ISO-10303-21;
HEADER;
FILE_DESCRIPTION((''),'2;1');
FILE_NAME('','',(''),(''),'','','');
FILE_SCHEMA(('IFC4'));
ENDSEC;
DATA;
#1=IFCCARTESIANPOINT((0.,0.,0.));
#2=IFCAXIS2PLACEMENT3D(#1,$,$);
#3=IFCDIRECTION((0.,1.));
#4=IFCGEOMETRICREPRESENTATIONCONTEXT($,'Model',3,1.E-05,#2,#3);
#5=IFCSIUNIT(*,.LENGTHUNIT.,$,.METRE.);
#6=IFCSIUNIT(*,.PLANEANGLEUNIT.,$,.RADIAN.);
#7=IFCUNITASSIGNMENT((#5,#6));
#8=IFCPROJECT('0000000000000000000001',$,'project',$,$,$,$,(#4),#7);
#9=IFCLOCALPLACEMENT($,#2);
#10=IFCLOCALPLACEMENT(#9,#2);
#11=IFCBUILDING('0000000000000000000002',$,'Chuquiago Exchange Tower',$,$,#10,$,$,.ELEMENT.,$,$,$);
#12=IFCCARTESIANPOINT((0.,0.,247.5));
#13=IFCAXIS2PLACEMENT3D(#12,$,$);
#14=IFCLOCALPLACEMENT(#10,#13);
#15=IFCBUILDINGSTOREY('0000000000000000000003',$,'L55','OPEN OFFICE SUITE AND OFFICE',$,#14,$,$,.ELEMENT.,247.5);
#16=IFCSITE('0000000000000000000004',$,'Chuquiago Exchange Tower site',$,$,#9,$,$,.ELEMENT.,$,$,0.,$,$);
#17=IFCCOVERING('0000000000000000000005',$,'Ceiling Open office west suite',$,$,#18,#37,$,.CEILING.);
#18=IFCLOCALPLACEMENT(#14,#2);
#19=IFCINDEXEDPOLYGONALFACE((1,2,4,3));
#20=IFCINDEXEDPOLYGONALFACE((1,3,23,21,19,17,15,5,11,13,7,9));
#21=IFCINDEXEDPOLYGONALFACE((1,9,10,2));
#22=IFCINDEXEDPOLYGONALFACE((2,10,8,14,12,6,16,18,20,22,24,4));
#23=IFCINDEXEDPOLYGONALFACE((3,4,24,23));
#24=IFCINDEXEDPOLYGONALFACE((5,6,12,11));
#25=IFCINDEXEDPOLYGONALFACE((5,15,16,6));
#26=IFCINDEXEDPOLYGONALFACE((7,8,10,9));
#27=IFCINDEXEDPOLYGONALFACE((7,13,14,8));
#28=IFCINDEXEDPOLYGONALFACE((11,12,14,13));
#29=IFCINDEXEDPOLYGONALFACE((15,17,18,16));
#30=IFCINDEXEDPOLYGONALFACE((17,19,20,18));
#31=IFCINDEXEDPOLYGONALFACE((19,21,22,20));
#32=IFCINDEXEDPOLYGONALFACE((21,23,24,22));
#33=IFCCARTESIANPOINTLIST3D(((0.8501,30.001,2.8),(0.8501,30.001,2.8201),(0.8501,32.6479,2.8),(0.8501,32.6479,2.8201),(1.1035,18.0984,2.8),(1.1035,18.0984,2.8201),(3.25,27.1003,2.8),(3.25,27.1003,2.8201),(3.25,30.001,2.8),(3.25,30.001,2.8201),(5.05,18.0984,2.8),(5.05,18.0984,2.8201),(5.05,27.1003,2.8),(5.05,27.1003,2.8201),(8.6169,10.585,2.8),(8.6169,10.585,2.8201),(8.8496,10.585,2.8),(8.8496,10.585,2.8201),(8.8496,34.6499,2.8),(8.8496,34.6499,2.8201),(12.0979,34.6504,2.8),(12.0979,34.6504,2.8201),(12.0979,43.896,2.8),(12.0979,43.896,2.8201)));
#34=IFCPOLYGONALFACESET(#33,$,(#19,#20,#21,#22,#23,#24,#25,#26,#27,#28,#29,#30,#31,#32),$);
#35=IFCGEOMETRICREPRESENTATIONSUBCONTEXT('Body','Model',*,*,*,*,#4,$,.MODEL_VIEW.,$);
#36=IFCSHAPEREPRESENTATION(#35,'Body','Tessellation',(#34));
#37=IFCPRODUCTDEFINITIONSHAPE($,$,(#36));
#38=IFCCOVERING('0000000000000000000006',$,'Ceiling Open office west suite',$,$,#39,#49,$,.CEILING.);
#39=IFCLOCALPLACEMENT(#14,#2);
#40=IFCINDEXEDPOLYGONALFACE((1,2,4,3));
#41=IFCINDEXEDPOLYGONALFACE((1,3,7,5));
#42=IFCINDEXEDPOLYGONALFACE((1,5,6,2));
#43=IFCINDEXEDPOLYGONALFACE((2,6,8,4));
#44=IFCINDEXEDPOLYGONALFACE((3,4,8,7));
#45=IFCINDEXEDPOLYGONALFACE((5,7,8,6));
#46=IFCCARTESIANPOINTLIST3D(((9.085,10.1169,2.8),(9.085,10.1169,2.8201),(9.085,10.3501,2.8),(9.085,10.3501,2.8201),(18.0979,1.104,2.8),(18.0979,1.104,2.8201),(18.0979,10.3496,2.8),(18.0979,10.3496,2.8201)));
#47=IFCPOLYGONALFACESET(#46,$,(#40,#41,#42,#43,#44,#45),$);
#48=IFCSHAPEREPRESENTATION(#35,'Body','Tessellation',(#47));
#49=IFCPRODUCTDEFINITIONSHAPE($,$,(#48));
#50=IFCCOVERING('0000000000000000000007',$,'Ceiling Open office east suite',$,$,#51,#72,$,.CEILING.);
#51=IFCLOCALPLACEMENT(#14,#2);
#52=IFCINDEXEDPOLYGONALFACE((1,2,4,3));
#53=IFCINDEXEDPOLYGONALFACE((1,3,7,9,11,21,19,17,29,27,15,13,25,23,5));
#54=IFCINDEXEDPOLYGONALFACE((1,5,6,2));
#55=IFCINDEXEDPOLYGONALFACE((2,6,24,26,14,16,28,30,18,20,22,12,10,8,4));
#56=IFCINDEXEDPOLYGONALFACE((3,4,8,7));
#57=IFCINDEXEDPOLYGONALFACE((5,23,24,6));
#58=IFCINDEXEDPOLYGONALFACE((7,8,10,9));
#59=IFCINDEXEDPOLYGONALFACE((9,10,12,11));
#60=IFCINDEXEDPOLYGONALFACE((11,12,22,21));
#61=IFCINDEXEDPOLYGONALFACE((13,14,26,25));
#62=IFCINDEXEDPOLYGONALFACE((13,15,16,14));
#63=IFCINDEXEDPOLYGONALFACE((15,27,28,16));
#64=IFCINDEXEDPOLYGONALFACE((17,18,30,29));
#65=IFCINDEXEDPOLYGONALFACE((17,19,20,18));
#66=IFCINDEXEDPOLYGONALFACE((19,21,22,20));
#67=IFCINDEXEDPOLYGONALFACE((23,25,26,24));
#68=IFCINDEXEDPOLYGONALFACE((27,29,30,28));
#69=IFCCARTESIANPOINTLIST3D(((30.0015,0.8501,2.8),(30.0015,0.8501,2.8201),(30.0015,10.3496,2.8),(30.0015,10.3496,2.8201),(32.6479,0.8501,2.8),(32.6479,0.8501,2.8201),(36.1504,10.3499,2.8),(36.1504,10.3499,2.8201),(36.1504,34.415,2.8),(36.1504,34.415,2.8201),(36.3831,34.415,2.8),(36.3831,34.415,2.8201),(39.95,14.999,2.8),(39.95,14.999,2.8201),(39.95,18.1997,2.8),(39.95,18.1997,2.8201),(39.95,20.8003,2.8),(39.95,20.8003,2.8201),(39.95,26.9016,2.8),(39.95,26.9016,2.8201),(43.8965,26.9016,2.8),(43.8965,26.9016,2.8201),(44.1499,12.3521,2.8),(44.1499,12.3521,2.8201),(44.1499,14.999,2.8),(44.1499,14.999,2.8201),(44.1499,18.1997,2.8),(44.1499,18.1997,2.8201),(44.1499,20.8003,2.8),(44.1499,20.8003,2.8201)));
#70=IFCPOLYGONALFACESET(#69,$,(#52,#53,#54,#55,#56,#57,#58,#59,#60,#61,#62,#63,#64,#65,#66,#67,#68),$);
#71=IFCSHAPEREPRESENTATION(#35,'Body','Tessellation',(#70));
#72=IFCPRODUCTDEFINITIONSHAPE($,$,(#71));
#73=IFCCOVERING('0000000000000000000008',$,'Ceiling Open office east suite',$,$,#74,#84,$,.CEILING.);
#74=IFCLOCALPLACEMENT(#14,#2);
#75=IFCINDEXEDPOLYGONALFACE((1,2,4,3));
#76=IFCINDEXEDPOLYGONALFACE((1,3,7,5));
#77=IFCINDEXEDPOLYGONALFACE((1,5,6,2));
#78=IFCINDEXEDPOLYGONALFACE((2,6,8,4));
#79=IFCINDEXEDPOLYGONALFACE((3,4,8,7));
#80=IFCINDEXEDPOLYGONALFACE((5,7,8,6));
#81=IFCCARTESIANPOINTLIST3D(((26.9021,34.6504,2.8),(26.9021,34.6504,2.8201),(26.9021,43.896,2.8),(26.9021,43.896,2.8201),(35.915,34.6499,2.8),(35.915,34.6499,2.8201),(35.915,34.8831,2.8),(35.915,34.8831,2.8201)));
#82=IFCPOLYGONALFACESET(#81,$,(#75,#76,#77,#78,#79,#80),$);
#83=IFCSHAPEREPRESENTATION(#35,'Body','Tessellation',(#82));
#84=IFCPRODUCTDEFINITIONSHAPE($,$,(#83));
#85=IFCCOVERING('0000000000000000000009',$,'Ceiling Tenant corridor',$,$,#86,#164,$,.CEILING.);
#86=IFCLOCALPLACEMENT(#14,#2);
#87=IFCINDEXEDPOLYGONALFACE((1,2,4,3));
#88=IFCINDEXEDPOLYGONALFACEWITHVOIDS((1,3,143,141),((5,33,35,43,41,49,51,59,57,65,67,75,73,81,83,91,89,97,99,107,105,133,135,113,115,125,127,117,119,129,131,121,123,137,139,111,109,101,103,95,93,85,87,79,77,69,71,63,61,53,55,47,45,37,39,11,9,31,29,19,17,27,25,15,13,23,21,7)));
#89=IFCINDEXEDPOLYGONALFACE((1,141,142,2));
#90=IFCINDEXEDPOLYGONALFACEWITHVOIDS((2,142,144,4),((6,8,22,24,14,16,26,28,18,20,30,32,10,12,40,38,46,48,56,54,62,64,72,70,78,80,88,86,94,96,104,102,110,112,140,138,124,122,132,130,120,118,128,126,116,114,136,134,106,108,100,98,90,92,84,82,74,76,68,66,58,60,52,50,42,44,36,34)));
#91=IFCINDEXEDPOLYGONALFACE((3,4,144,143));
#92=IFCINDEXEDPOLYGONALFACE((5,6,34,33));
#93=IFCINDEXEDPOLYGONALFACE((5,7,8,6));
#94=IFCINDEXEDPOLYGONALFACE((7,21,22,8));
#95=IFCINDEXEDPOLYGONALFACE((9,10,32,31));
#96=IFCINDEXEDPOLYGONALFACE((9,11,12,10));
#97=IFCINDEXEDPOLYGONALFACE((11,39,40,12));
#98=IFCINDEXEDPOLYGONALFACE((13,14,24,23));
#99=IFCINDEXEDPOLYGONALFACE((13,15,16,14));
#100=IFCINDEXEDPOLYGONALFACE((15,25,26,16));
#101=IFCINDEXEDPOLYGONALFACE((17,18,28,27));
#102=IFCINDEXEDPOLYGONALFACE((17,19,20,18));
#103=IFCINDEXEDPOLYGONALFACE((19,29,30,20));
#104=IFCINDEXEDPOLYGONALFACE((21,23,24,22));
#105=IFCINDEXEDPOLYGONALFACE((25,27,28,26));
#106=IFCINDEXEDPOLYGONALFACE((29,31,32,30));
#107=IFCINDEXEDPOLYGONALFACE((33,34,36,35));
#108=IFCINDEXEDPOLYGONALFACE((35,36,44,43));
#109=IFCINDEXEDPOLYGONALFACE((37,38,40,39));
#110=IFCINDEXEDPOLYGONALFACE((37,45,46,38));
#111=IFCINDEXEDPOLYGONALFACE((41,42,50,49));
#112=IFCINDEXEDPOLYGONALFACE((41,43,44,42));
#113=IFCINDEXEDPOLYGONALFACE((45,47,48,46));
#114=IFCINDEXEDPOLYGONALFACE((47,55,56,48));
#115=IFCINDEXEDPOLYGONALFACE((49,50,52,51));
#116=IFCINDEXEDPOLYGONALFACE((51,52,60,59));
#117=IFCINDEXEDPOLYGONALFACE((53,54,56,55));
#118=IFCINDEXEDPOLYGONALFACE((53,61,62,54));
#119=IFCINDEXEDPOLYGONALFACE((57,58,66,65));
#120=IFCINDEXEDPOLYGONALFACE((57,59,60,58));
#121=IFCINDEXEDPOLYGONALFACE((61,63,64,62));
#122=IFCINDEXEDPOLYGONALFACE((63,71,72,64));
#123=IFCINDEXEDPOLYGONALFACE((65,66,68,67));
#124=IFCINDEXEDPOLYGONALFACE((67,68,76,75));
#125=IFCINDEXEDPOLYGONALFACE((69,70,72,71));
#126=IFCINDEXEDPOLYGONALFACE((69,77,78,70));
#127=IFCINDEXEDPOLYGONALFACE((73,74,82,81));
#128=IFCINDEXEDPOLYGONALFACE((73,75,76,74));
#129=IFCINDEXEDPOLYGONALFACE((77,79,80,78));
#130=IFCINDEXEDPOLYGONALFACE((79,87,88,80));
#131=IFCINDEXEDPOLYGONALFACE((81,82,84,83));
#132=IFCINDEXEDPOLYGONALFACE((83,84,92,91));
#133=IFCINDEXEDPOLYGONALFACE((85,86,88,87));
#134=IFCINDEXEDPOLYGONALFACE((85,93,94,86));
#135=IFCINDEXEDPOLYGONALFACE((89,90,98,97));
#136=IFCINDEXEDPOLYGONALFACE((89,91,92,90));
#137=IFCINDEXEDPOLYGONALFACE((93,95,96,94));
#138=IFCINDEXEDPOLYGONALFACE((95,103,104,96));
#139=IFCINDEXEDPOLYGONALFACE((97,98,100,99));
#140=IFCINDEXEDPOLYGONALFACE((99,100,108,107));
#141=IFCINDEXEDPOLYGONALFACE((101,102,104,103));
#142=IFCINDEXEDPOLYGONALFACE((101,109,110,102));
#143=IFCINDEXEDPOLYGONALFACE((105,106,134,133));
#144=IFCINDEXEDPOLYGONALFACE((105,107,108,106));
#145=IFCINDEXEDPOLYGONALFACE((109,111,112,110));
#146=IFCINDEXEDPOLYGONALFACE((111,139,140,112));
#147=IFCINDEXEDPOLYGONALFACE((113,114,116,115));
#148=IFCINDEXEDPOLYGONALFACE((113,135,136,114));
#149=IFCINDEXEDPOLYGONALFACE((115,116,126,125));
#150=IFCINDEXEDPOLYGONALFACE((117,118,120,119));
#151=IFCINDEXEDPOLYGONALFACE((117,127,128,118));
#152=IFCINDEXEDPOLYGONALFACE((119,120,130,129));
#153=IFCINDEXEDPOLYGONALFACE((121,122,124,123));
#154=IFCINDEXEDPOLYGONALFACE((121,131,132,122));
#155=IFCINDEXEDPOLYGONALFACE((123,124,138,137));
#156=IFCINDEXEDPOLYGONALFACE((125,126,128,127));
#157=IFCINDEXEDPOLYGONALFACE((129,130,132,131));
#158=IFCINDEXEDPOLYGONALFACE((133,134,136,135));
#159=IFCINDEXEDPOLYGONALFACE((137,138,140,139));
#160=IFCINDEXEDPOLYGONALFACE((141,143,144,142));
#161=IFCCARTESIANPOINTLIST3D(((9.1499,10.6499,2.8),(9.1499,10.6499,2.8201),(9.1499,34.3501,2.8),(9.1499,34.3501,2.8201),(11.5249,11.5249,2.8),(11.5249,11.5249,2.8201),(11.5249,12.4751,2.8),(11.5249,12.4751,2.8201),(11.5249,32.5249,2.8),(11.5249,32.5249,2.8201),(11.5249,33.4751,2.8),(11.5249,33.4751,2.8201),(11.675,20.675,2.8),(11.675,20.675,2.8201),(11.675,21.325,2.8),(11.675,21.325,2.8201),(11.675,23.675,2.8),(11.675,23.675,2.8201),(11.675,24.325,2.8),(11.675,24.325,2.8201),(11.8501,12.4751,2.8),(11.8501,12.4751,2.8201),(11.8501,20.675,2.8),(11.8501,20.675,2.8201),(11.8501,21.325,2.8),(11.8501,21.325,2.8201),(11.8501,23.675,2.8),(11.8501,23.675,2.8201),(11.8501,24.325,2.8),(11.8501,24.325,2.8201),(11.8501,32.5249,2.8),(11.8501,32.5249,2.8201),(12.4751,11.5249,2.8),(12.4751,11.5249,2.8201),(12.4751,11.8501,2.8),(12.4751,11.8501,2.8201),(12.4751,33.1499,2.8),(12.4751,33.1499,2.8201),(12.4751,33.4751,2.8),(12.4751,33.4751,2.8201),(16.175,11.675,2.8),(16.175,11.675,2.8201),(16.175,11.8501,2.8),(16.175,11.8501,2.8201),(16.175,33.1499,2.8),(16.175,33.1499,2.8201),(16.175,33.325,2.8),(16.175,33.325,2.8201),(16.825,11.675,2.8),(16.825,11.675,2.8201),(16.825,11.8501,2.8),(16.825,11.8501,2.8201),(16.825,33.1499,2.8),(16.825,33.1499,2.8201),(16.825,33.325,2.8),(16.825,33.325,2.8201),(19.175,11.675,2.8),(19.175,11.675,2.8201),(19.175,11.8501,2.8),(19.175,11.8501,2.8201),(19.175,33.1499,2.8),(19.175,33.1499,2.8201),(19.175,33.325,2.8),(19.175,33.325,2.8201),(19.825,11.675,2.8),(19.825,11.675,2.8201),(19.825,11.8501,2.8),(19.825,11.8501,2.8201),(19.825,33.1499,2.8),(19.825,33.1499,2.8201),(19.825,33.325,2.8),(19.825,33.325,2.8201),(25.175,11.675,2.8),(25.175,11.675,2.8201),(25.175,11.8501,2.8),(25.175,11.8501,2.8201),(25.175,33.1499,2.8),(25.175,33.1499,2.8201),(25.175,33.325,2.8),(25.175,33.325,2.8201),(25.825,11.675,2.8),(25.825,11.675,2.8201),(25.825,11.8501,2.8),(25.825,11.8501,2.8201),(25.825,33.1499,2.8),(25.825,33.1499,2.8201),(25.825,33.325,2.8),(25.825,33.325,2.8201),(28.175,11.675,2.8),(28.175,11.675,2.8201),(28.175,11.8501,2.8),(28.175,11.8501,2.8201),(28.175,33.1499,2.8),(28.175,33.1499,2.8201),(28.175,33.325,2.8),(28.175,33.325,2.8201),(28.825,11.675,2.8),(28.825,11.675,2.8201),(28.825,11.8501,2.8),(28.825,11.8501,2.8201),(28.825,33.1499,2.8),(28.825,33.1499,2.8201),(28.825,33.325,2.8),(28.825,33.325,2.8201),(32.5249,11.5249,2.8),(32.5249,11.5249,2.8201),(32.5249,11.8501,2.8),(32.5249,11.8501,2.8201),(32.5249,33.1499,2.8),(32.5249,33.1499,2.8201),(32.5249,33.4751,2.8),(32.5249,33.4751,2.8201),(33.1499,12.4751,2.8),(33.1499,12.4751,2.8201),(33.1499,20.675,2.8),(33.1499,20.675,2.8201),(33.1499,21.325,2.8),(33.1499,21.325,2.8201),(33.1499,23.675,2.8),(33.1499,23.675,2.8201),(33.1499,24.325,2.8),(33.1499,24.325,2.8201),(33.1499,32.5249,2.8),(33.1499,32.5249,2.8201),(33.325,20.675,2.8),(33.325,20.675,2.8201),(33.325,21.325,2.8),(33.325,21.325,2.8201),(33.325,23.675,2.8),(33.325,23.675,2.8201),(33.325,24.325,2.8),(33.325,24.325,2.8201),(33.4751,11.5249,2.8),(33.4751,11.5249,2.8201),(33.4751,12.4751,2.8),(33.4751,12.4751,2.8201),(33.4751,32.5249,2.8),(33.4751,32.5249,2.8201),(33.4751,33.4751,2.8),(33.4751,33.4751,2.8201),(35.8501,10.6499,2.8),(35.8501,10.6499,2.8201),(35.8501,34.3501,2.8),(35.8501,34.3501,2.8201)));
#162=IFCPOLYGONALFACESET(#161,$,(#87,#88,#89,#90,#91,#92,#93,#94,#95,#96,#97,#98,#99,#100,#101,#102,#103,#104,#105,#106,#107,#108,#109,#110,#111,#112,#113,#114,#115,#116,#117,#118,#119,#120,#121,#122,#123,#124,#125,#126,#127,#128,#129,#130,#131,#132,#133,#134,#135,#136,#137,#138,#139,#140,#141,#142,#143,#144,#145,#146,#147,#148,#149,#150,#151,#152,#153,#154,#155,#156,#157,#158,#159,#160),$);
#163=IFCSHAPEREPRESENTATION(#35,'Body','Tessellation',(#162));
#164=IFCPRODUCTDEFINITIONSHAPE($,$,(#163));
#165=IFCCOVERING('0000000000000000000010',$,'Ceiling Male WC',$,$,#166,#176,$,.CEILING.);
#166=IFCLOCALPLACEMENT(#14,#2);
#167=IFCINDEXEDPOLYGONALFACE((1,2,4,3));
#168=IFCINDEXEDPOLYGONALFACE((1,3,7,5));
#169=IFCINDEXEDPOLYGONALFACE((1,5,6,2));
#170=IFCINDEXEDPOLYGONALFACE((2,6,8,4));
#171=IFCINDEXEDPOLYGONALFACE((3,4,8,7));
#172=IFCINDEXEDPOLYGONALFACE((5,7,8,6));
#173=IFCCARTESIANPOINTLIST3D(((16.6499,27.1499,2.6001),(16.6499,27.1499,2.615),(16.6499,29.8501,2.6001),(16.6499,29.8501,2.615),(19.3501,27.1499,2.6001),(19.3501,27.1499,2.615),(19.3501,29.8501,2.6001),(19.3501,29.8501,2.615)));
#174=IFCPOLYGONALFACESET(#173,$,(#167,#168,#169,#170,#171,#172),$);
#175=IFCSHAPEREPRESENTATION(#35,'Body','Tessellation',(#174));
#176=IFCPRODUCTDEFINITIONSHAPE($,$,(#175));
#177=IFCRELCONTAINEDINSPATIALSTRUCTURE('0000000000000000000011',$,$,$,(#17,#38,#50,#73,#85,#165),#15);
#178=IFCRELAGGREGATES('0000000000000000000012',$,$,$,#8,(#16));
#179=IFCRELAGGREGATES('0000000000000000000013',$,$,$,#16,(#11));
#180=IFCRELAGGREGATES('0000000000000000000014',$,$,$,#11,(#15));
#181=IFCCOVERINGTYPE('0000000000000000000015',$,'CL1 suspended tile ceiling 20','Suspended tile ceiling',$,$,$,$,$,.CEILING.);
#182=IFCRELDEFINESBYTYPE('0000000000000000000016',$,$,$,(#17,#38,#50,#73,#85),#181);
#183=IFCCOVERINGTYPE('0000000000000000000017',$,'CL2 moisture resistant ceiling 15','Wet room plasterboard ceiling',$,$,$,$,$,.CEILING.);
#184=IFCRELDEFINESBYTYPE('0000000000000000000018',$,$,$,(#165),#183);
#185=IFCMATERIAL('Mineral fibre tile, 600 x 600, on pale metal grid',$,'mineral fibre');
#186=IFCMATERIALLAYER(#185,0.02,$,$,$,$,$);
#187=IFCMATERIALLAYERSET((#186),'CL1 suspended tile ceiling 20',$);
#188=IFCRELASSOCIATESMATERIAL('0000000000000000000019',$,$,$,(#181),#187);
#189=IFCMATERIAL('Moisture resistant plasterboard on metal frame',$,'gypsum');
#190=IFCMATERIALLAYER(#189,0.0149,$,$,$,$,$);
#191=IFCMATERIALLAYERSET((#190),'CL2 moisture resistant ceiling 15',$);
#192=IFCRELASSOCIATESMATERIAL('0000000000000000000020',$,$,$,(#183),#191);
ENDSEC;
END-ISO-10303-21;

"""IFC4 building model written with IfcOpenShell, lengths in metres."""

from ifc_helpers import new_model, si_unit, direction, frame, origin, place, context, subcontext, project, spatial, polyline, outline, extrude, material, layer, layer_set, type_object, element, save


model = new_model("IFC4")

# Units and contexts
model_context = context("Model", 3, precision=1e-05, world=origin(), true_north=direction((0.0, 1.0)))
body_context = subcontext(model_context, "Body", "Model", "MODEL_VIEW")
ifc_project = project(units=[si_unit("LENGTHUNIT", "METRE"), si_unit("PLANEANGLEUNIT", "RADIAN")], contexts=[model_context])

# Site, building, storey
site_placement = place(None, origin())
site = spatial("IfcSite", under=ifc_project, at=site_placement, Name="Chuquiago Exchange Tower site", CompositionType="ELEMENT", RefElevation=0.0)
building_placement = place(site_placement, origin())
building = spatial("IfcBuilding", under=site, at=building_placement, Name="Chuquiago Exchange Tower", CompositionType="ELEMENT")
storey_placement = place(building_placement, frame((0.0, 0.0, 247.5)))
storey = spatial("IfcBuildingStorey", under=building, at=storey_placement, Name="L55", Description="OPEN OFFICE SUITE AND OFFICE", CompositionType="ELEMENT", Elevation=247.5)

# Coverings
ifc_material_1 = material(Name="Mineral fibre tile, 600 x 600, on pale metal grid", Category="mineral fibre")
ifc_layer_1 = layer(ifc_material_1, 0.02)
ifc_layer_set_1 = layer_set([ifc_layer_1], Name="CL1 suspended tile ceiling 20")
covering_type_1 = type_object("IfcCoveringType", Name="CL1 suspended tile ceiling 20", Description="Suspended tile ceiling", PredefinedType="CEILING", material=ifc_layer_set_1)
covering_1_placement = place(storey_placement, frame((0.0, 0.0, 2.8)))
element("IfcCovering", 1, at=covering_1_placement, inside=storey, type_object=covering_type_1, Name="Ceiling Open office west suite", PredefinedType="CEILING", context=body_context, shape_type="SweptSolid", body=[
    extrude(outline(polyline([(5.05, 18.0984), (5.05, 27.1003), (3.25, 27.1003), (3.25, 30.001), (0.8501, 30.001), (0.8501, 32.6479), (12.0979, 43.896), (12.0979, 34.6504), (8.8496, 34.6499), (8.8496, 10.585), (8.6169, 10.585), (1.1035, 18.0984), (5.05, 18.0984)])), origin(), (0.0, 0.0, 1.0), 0.02),
])
covering_2_placement = place(storey_placement, frame((0.0, 0.0, 2.8)))
element("IfcCovering", 2, at=covering_2_placement, inside=storey, type_object=covering_type_1, Name="Ceiling Open office west suite", PredefinedType="CEILING", context=body_context, shape_type="SweptSolid", body=[
    extrude(outline(polyline([(18.0979, 10.3496), (18.0979, 1.104), (9.085, 10.1169), (9.085, 10.3501), (18.0979, 10.3496)])), origin(), (0.0, 0.0, 1.0), 0.02),
])
covering_3_placement = place(storey_placement, frame((0.0, 0.0, 2.8)))
element("IfcCovering", 3, at=covering_3_placement, inside=storey, type_object=covering_type_1, Name="Ceiling Open office east suite", PredefinedType="CEILING", context=body_context, shape_type="SweptSolid", body=[
    extrude(outline(polyline([(43.8965, 26.9016), (39.95, 26.9016), (39.95, 20.8003), (44.1499, 20.8003), (44.1499, 18.1997), (39.95, 18.1997), (39.95, 14.999), (44.1499, 14.999), (44.1499, 12.3521), (32.6479, 0.8501), (30.0015, 0.8501), (30.0015, 10.3496), (36.1504, 10.3499), (36.1504, 34.415), (36.3831, 34.415), (43.8965, 26.9016)])), origin(), (0.0, 0.0, 1.0), 0.02),
])
covering_4_placement = place(storey_placement, frame((0.0, 0.0, 2.8)))
element("IfcCovering", 4, at=covering_4_placement, inside=storey, type_object=covering_type_1, Name="Ceiling Open office east suite", PredefinedType="CEILING", context=body_context, shape_type="SweptSolid", body=[
    extrude(outline(polyline([(26.9021, 34.6504), (26.9021, 43.896), (35.915, 34.8831), (35.915, 34.6499), (26.9021, 34.6504)])), origin(), (0.0, 0.0, 1.0), 0.02),
])
covering_5_placement = place(storey_placement, frame((0.0, 0.0, 2.8)))
element("IfcCovering", 5, at=covering_5_placement, inside=storey, type_object=covering_type_1, Name="Ceiling Tenant corridor", PredefinedType="CEILING", context=body_context, shape_type="SweptSolid", body=[
    extrude(outline(polyline([(9.1499, 34.3501), (35.8501, 34.3501), (35.8501, 10.6499), (9.1499, 10.6499), (9.1499, 34.3501)]), holes=[polyline([(11.8501, 24.325), (11.675, 24.325), (11.675, 23.675), (11.8501, 23.675), (11.8501, 21.325), (11.675, 21.325), (11.675, 20.675), (11.8501, 20.675), (11.8501, 12.4751), (11.5249, 12.4751), (11.5249, 11.5249), (12.4751, 11.5249), (12.4751, 11.8501), (16.175, 11.8501), (16.175, 11.675), (16.825, 11.675), (16.825, 11.8501), (19.175, 11.8501), (19.175, 11.675), (19.825, 11.675), (19.825, 11.8501), (25.175, 11.8501), (25.175, 11.675), (25.825, 11.675), (25.825, 11.8501), (28.175, 11.8501), (28.175, 11.675), (28.825, 11.675), (28.825, 11.8501), (32.5249, 11.8501), (32.5249, 11.5249), (33.4751, 11.5249), (33.4751, 12.4751), (33.1499, 12.4751), (33.1499, 20.675), (33.325, 20.675), (33.325, 21.325), (33.1499, 21.325), (33.1499, 23.675), (33.325, 23.675), (33.325, 24.325), (33.1499, 24.325), (33.1499, 32.5249), (33.4751, 32.5249), (33.4751, 33.4751), (32.5249, 33.4751), (32.5249, 33.1499), (28.825, 33.1499), (28.825, 33.325), (28.175, 33.325), (28.175, 33.1499), (25.825, 33.1499), (25.825, 33.325), (25.175, 33.325), (25.175, 33.1499), (19.825, 33.1499), (19.825, 33.325), (19.175, 33.325), (19.175, 33.1499), (16.825, 33.1499), (16.825, 33.325), (16.175, 33.325), (16.175, 33.1499), (12.4751, 33.1499), (12.4751, 33.4751), (11.5249, 33.4751), (11.5249, 32.5249), (11.8501, 32.5249), (11.8501, 24.325)])]), origin(), (0.0, 0.0, 1.0), 0.02),
])
ifc_material_2 = material(Name="Moisture resistant plasterboard on metal frame", Category="gypsum")
ifc_layer_2 = layer(ifc_material_2, 0.0149)
ifc_layer_set_2 = layer_set([ifc_layer_2], Name="CL2 moisture resistant ceiling 15")
covering_type_2 = type_object("IfcCoveringType", Name="CL2 moisture resistant ceiling 15", Description="Wet room plasterboard ceiling", PredefinedType="CEILING", material=ifc_layer_set_2)
covering_6_placement = place(storey_placement, frame((0.0, 0.0, 2.6001)))
element("IfcCovering", 6, at=covering_6_placement, inside=storey, type_object=covering_type_2, Name="Ceiling Male WC", PredefinedType="CEILING", context=body_context, shape_type="SweptSolid", body=[
    extrude(outline(polyline([(16.6499, 27.1499), (16.6499, 29.8501), (19.3501, 29.8501), (19.3501, 27.1499), (16.6499, 27.1499)])), origin(), (0.0, 0.0, 1.0), 0.0149),
])

save(model, "model.ifc")
